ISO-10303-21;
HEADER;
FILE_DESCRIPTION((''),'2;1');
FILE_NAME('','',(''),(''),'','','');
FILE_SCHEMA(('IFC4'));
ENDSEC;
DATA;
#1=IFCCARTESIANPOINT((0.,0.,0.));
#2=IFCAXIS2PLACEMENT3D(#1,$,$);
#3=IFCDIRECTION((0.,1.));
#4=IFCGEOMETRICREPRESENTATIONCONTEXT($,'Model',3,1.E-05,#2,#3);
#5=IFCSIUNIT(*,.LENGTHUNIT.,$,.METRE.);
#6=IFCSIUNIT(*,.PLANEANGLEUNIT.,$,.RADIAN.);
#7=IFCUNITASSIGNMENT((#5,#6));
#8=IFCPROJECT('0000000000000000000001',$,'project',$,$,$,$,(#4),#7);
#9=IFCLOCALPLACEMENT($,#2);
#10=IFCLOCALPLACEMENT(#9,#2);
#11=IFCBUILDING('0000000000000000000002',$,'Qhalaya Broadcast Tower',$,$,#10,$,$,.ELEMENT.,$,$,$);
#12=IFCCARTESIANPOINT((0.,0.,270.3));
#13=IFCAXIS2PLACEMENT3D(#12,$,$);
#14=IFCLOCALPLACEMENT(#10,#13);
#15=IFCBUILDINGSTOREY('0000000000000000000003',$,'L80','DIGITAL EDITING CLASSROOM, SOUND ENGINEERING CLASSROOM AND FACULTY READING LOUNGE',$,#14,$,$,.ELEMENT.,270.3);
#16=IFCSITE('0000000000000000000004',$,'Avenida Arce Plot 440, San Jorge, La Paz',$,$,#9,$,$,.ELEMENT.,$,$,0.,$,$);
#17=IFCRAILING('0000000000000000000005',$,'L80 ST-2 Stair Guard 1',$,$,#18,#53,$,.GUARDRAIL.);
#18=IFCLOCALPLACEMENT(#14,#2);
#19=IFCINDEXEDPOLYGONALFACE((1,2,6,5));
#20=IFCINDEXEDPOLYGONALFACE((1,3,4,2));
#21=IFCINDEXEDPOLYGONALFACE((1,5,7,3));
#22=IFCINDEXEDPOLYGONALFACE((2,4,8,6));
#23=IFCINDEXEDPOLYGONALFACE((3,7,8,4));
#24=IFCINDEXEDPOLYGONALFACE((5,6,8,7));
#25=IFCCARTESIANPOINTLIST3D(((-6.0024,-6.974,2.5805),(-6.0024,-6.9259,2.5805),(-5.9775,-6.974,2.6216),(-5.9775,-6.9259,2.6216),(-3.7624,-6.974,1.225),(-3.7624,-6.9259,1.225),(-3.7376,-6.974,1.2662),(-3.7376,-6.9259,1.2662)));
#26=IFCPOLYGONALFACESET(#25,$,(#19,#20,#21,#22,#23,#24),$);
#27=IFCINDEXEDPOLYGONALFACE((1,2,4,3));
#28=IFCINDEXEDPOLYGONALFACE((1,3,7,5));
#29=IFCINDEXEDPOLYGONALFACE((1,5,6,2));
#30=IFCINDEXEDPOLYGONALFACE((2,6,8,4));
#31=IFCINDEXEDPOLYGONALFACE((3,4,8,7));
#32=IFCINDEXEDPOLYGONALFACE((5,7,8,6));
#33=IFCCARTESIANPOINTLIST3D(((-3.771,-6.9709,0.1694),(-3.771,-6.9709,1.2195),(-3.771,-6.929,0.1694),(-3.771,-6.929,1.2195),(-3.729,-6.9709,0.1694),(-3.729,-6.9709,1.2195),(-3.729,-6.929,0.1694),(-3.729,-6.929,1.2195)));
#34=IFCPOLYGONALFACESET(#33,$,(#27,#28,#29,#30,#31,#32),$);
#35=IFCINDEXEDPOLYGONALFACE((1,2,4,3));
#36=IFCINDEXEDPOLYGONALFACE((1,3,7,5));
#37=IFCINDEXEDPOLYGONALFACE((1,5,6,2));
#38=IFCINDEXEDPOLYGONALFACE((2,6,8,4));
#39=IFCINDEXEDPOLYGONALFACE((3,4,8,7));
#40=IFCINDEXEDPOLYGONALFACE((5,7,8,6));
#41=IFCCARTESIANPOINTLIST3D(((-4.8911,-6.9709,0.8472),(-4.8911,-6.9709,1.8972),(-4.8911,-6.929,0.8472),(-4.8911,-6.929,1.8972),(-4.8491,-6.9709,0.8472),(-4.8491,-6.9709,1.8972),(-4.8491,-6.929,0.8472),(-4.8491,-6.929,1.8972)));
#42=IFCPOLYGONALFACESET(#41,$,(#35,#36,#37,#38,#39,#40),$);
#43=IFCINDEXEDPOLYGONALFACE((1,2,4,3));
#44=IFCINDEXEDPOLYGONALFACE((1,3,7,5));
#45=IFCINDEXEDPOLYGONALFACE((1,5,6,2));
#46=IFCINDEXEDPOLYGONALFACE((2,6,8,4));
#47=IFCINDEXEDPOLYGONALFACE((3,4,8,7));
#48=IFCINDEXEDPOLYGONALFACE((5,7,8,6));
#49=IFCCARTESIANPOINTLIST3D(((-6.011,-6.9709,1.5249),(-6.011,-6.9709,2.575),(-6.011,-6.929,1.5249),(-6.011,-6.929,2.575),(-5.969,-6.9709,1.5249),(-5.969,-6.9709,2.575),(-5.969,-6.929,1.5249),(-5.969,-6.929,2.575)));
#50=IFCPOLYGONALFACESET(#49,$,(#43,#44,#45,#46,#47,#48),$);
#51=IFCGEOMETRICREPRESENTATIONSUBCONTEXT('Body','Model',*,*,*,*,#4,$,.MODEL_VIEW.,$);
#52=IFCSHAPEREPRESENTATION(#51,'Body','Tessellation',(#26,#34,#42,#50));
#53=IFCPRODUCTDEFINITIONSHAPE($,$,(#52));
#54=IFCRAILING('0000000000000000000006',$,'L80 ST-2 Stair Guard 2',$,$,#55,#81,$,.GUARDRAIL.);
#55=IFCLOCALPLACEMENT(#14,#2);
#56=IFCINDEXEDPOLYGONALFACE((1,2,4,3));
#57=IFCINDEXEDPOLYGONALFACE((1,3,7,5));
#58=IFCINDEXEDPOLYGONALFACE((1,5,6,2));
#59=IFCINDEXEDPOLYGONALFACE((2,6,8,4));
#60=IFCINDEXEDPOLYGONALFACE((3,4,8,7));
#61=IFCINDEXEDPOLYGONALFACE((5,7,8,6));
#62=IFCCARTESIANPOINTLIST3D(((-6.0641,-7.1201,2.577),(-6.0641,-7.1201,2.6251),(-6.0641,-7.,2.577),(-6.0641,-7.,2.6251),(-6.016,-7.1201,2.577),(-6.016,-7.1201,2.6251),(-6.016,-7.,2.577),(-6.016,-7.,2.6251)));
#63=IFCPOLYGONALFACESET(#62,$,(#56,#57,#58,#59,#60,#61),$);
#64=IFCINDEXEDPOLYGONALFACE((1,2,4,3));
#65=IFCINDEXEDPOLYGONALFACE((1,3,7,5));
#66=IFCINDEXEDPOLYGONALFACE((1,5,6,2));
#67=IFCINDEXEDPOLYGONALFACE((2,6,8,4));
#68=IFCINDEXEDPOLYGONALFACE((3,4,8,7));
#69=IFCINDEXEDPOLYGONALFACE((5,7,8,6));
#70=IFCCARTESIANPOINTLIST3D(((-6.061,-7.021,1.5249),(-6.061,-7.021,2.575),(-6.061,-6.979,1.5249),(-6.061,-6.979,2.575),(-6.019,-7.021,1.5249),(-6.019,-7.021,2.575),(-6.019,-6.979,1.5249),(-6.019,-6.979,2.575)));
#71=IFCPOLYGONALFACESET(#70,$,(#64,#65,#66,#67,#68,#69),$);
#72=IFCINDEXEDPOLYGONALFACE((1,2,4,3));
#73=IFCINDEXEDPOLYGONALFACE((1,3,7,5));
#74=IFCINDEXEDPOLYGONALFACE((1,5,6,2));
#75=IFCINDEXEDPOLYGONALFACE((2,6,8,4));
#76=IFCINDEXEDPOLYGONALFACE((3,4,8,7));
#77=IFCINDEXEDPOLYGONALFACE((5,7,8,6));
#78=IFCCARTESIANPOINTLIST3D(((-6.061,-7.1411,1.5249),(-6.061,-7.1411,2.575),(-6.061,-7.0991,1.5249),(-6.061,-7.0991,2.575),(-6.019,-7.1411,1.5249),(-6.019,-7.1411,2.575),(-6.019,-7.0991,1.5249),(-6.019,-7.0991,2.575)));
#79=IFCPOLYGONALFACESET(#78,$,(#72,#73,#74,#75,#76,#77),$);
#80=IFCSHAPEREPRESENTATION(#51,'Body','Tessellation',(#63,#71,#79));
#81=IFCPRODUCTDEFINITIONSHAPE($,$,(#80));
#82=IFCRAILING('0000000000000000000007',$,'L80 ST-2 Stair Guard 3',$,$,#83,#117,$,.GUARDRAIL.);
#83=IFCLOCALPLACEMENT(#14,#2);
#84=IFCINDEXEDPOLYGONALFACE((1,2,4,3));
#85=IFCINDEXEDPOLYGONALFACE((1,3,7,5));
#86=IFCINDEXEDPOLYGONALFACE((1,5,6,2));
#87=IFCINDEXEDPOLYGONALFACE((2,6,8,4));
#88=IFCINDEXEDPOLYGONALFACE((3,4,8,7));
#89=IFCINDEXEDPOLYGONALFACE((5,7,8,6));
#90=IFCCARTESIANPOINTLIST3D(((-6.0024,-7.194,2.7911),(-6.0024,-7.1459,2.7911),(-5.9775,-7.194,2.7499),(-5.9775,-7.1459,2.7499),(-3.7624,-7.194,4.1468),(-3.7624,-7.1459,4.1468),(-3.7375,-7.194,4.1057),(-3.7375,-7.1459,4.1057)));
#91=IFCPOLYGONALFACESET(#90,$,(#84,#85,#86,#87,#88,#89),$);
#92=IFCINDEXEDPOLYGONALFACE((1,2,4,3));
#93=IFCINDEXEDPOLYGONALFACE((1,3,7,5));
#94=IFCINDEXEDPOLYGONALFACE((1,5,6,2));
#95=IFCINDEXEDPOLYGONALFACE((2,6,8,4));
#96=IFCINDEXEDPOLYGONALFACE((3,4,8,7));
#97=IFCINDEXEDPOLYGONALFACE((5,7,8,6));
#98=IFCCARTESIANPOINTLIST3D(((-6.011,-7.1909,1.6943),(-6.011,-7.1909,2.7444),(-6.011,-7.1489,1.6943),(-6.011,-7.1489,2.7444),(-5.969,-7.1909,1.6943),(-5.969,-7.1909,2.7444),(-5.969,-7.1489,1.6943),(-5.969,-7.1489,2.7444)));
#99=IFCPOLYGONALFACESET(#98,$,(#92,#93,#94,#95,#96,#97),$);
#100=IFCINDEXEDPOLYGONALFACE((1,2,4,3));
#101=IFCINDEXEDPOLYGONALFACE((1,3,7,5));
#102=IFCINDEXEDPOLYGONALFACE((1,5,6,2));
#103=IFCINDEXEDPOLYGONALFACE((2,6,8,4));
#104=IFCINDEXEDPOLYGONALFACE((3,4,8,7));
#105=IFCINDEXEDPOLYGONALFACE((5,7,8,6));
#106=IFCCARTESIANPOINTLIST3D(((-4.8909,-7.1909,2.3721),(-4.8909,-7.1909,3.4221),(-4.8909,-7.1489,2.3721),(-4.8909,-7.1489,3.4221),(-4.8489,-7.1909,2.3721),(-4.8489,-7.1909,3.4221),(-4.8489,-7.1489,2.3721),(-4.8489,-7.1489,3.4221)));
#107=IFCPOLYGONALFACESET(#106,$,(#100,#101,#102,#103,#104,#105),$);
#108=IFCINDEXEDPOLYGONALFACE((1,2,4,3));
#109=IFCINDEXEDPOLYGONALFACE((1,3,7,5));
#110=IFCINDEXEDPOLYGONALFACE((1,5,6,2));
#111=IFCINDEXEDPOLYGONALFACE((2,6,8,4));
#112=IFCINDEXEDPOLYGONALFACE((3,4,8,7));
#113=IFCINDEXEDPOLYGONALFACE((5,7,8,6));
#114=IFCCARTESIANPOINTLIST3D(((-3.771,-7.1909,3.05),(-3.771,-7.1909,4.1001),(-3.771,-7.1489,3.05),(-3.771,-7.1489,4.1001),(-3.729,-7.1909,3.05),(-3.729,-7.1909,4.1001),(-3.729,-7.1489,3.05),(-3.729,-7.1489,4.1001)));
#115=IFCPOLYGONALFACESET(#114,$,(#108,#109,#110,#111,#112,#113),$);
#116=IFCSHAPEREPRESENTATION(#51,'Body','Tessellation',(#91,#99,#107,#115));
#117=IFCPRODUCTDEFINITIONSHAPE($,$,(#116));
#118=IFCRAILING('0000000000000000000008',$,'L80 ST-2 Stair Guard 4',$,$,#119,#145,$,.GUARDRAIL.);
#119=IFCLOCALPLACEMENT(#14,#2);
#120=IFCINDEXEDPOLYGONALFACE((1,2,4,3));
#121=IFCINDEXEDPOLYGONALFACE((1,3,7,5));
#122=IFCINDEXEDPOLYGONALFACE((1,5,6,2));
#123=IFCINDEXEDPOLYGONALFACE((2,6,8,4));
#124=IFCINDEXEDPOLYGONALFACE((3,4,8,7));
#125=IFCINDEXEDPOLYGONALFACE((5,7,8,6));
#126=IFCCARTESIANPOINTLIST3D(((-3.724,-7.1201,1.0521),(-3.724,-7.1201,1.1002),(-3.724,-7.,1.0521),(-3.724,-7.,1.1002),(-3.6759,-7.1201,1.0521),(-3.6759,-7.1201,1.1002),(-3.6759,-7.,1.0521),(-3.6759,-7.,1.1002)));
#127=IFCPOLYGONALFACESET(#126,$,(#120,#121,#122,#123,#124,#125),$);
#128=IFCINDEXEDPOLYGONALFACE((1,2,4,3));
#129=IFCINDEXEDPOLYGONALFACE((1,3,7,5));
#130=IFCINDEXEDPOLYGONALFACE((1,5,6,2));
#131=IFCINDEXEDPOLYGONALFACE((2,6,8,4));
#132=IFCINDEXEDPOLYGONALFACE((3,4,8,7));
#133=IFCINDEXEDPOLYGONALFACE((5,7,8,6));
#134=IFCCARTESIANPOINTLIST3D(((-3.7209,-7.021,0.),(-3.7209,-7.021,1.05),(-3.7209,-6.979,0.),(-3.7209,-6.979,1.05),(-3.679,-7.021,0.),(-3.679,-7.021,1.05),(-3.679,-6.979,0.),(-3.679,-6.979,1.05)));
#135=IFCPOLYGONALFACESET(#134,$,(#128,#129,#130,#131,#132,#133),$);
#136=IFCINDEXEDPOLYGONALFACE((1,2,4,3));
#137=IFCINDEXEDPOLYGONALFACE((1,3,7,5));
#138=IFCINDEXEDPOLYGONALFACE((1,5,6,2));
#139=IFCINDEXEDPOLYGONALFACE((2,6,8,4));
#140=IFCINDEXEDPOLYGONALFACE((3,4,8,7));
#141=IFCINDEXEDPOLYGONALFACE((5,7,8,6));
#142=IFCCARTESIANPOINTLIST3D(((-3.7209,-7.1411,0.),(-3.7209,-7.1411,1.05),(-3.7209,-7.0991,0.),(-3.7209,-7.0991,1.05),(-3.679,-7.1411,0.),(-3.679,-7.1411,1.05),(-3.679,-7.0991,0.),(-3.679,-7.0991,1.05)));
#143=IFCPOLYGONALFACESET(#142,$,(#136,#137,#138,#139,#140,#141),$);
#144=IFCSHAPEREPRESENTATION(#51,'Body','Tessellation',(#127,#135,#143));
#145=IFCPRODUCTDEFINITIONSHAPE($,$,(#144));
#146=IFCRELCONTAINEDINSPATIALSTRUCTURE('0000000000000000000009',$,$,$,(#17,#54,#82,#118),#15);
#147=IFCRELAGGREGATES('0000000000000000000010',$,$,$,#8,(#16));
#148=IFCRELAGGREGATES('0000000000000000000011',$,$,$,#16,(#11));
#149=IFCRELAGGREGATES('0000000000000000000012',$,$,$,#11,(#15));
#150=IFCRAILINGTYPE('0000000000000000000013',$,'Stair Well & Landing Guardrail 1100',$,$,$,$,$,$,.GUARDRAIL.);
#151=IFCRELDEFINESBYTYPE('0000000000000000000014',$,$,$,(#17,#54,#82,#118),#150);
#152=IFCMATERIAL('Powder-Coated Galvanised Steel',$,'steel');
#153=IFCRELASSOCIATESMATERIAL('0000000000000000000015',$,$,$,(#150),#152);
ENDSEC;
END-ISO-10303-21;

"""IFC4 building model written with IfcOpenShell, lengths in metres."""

from ifc_helpers import new_model, si_unit, direction, frame, origin, origin_2d, place, context, subcontext, project, spatial, rectangle, extrude, material, type_object, element, save


model = new_model("IFC4")

# Units and contexts
model_context = context("Model", 3, precision=1e-05, world=origin(), true_north=direction((0.0, 1.0)))
body_context = subcontext(model_context, "Body", "Model", "MODEL_VIEW")
ifc_project = project(units=[si_unit("LENGTHUNIT", "METRE"), si_unit("PLANEANGLEUNIT", "RADIAN")], contexts=[model_context])

# Site, building, storey
site_placement = place(None, origin())
site = spatial("IfcSite", under=ifc_project, at=site_placement, Name="Avenida Arce Plot 440, San Jorge, La Paz", CompositionType="ELEMENT", RefElevation=0.0)
building_placement = place(site_placement, origin())
building = spatial("IfcBuilding", under=site, at=building_placement, Name="Qhalaya Broadcast Tower", CompositionType="ELEMENT")
storey_placement = place(building_placement, frame((0.0, 0.0, 270.3)))
storey = spatial("IfcBuildingStorey", under=building, at=storey_placement, Name="L80", Description="DIGITAL EDITING CLASSROOM, SOUND ENGINEERING CLASSROOM AND FACULTY READING LOUNGE", CompositionType="ELEMENT", Elevation=270.3)

# Railings
ifc_material_1 = material(Name="Powder-Coated Galvanised Steel", Category="steel")
railing_type_1 = type_object("IfcRailingType", Name="Stair Well & Landing Guardrail 1100", PredefinedType="GUARDRAIL", material=ifc_material_1)
railing_1_placement = place(storey_placement, frame((-3.75, -6.95, 0.1694)))
element("IfcRailing", 1, at=railing_1_placement, inside=storey, type_object=railing_type_1, Name="L80 ST-2 Stair Guard 1", PredefinedType="GUARDRAIL", context=body_context, shape_type="SweptSolid", body=[
    extrude(rectangle(XDim=0.0481, YDim=0.0481, at=origin_2d()), frame((0.0, 0.0, 1.0762), z_axis=(-0.855553, 0.0, 0.517715), x_axis=(0.0, -1.0, 0.0)), (0.0, 0.0, 1.0), 2.6182),
    extrude(rectangle(XDim=0.042, YDim=0.042, at=origin_2d()), origin(), (0.0, 0.0, 1.0), 1.05),
    extrude(rectangle(XDim=0.042, YDim=0.042, at=origin_2d()), frame((-1.1201, 0.0, 0.6777)), (0.0, 0.0, 1.0), 1.05),
    extrude(rectangle(XDim=0.042, YDim=0.042, at=origin_2d()), frame((-2.24, 0.0, 1.3555)), (0.0, 0.0, 1.0), 1.05),
])
railing_2_placement = place(storey_placement, frame((-6.04, -7.0, 1.5249)))
element("IfcRailing", 2, at=railing_2_placement, inside=storey, type_object=railing_type_1, Name="L80 ST-2 Stair Guard 2", PredefinedType="GUARDRAIL", context=body_context, shape_type="SweptSolid", body=[
    extrude(rectangle(XDim=0.0481, YDim=0.0481, at=origin_2d()), frame((0.0, 0.0, 1.0762), z_axis=(0.0, -1.0, 0.0), x_axis=(1.0, 0.0, 0.0)), (0.0, 0.0, 1.0), 0.1201),
    extrude(rectangle(XDim=0.042, YDim=0.042, at=origin_2d()), origin(), (0.0, 0.0, 1.0), 1.05),
    extrude(rectangle(XDim=0.042, YDim=0.042, at=origin_2d()), frame((0.0, -0.1201, 0.0)), (0.0, 0.0, 1.0), 1.05),
])
railing_3_placement = place(storey_placement, frame((-5.99, -7.1699, 1.6943)))
element("IfcRailing", 3, at=railing_3_placement, inside=storey, type_object=railing_type_1, Name="L80 ST-2 Stair Guard 3", PredefinedType="GUARDRAIL", context=body_context, shape_type="SweptSolid", body=[
    extrude(rectangle(XDim=0.0481, YDim=0.0481, at=origin_2d()), frame((0.0, 0.0, 1.0762), z_axis=(0.855512, 0.0, 0.517783), x_axis=(0.0, 1.0, 0.0)), (0.0, 0.0, 1.0), 2.6184),
    extrude(rectangle(XDim=0.042, YDim=0.042, at=origin_2d()), origin(), (0.0, 0.0, 1.0), 1.05),
    extrude(rectangle(XDim=0.042, YDim=0.042, at=origin_2d()), frame((1.1201, 0.0, 0.6777)), (0.0, 0.0, 1.0), 1.05),
    extrude(rectangle(XDim=0.042, YDim=0.042, at=origin_2d()), frame((2.24, 0.0, 1.3557)), (0.0, 0.0, 1.0), 1.05),
])
railing_4_placement = place(storey_placement, frame((-3.7, -7.0, 0.0)))
element("IfcRailing", 4, at=railing_4_placement, inside=storey, type_object=railing_type_1, Name="L80 ST-2 Stair Guard 4", PredefinedType="GUARDRAIL", context=body_context, shape_type="SweptSolid", body=[
    extrude(rectangle(XDim=0.0481, YDim=0.0481, at=origin_2d()), frame((0.0, 0.0, 1.0762), z_axis=(0.0, -1.0, 0.0), x_axis=(1.0, 0.0, 0.0)), (0.0, 0.0, 1.0), 0.1201),
    extrude(rectangle(XDim=0.042, YDim=0.042, at=origin_2d()), origin(), (0.0, 0.0, 1.0), 1.05),
    extrude(rectangle(XDim=0.042, YDim=0.042, at=origin_2d()), frame((0.0, -0.1201, 0.0)), (0.0, 0.0, 1.0), 1.05),
])

save(model, "model.ifc")
